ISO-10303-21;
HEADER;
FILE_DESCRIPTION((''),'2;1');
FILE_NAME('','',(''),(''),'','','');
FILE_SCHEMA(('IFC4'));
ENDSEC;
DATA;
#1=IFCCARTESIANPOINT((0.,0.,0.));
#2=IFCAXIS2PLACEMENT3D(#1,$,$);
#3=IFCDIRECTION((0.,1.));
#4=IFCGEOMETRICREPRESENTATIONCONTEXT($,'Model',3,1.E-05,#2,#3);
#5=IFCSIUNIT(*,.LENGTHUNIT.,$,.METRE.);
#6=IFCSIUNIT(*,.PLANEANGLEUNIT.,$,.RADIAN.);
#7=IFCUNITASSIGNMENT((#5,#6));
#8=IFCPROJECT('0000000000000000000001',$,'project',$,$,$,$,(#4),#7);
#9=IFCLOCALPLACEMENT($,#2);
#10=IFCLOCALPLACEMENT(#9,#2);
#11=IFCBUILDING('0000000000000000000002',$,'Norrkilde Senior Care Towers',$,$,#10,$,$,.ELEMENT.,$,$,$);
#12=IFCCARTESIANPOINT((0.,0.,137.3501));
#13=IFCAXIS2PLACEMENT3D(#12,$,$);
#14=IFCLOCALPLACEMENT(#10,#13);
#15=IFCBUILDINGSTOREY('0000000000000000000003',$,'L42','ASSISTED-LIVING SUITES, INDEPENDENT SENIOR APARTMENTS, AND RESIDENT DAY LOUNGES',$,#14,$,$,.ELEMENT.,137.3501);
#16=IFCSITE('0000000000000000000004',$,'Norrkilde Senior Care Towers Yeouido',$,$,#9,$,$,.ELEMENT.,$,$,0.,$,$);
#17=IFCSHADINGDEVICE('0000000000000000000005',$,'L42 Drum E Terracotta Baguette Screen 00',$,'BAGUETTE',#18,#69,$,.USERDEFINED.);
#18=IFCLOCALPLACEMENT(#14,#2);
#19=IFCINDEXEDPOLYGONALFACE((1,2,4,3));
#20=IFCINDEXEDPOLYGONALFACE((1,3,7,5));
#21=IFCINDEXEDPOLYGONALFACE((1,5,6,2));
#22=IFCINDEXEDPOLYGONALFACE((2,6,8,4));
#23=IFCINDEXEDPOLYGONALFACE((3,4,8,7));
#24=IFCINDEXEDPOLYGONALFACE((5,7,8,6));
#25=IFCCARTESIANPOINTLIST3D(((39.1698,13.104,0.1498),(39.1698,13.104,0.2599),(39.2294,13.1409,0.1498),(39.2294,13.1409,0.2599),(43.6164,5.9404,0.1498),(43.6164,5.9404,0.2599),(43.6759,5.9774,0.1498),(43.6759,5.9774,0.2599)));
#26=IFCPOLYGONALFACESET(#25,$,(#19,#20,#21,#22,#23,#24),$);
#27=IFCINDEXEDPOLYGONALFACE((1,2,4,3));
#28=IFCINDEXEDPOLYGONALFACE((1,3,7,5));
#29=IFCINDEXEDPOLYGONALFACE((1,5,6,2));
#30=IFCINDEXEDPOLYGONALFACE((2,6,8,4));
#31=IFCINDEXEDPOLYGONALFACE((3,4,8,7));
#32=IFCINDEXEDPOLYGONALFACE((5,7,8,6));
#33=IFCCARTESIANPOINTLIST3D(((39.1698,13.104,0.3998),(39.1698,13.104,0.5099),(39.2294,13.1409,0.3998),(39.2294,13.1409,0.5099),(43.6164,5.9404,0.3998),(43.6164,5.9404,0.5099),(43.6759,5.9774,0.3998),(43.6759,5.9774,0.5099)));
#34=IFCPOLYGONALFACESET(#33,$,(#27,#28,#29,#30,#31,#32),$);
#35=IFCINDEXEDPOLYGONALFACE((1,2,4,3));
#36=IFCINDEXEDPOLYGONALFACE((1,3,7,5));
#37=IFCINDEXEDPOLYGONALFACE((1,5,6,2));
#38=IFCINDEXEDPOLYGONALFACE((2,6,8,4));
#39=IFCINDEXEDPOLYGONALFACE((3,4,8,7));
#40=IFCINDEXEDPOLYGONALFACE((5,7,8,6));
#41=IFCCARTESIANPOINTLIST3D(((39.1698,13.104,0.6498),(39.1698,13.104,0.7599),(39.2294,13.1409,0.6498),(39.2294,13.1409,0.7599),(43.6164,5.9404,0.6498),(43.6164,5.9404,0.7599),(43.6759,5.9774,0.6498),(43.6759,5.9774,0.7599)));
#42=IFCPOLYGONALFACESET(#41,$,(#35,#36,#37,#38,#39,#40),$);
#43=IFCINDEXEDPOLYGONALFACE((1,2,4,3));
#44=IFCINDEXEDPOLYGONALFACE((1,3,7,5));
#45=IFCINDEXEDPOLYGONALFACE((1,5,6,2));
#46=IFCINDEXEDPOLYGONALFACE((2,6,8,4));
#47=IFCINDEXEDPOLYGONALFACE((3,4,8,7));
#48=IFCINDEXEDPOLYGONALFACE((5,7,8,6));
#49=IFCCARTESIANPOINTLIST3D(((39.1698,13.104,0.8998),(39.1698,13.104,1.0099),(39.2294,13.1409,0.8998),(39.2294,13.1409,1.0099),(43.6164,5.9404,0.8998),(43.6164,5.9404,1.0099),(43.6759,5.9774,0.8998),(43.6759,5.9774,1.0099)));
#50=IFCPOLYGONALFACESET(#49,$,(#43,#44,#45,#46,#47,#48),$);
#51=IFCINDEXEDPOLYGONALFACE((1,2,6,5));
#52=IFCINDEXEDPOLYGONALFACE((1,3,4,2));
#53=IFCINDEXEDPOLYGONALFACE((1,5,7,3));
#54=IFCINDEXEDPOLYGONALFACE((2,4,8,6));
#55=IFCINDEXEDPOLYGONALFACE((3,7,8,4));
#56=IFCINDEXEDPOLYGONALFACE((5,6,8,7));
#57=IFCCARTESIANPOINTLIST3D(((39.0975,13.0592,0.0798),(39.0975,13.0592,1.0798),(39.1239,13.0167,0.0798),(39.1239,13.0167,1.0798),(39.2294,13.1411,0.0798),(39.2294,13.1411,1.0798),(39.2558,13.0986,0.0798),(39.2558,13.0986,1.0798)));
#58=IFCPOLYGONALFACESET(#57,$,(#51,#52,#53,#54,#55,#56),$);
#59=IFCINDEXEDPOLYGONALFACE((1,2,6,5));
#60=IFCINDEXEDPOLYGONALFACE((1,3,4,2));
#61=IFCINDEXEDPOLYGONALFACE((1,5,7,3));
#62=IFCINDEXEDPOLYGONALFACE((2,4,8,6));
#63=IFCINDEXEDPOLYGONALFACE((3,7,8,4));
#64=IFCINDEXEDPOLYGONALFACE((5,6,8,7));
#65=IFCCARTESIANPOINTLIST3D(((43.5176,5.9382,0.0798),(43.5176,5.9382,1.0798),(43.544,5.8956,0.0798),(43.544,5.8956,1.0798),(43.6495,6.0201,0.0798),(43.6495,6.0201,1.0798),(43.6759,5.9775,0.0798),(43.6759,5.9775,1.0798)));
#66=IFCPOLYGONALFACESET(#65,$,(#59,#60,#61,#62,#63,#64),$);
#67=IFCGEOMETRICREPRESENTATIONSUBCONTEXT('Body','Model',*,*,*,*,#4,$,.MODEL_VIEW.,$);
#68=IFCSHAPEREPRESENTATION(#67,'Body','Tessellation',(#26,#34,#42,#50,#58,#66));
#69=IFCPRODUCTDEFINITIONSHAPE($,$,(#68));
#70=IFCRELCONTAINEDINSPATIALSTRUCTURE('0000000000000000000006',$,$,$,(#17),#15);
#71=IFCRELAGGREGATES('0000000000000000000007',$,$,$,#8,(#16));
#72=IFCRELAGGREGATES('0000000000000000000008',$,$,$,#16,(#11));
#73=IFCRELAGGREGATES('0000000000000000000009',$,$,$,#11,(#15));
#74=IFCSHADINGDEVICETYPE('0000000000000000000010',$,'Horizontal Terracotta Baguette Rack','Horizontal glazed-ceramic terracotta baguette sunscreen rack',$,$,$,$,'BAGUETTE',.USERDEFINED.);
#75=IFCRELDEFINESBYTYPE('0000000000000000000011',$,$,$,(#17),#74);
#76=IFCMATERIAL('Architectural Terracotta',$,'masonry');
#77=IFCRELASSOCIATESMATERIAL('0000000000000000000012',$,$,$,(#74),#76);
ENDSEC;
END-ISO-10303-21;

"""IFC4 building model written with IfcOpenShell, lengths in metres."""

from ifc_helpers import new_model, si_unit, direction, frame, origin, origin_2d, place, context, subcontext, project, spatial, rectangle, extrude, source, transform, mapped, material, type_object, type_shapes, element, save


model = new_model("IFC4")

# Units and contexts
model_context = context("Model", 3, precision=1e-05, world=origin(), true_north=direction((0.0, 1.0)))
body_context = subcontext(model_context, "Body", "Model", "MODEL_VIEW")
ifc_project = project(units=[si_unit("LENGTHUNIT", "METRE"), si_unit("PLANEANGLEUNIT", "RADIAN")], contexts=[model_context])

# Site, building, storey
site_placement = place(None, origin())
site = spatial("IfcSite", under=ifc_project, at=site_placement, Name="Norrkilde Senior Care Towers Yeouido", CompositionType="ELEMENT", RefElevation=0.0)
building_placement = place(site_placement, origin())
building = spatial("IfcBuilding", under=site, at=building_placement, Name="Norrkilde Senior Care Towers", CompositionType="ELEMENT")
storey_placement = place(building_placement, frame((0.0, 0.0, 137.3501)))
storey = spatial("IfcBuildingStorey", under=building, at=storey_placement, Name="L42", Description="ASSISTED-LIVING SUITES, INDEPENDENT SENIOR APARTMENTS, AND RESIDENT DAY LOUNGES", CompositionType="ELEMENT", Elevation=137.3501)

# Shading device
ifc_material_1 = material(Name="Architectural Terracotta", Category="masonry")
shading_device_type = type_object("IfcShadingDeviceType", Name="Horizontal Terracotta Baguette Rack", Description="Horizontal glazed-ceramic terracotta baguette sunscreen rack", ElementType="BAGUETTE", PredefinedType="USERDEFINED", material=ifc_material_1)
shared_shape_1 = source(origin(), body_context, "Body", "SweptSolid", [
    extrude(rectangle(XDim=0.0701, YDim=0.1101, at=origin_2d()), frame((0.0, 0.0901, 0.125), z_axis=(1.0, 0.0, 0.0), x_axis=(0.0, 1.0, 0.0)), (0.0, 0.0, 1.0), 8.4314),
    extrude(rectangle(XDim=0.0701, YDim=0.1101, at=origin_2d()), frame((0.0, 0.0901, 0.375), z_axis=(1.0, 0.0, 0.0), x_axis=(0.0, 1.0, 0.0)), (0.0, 0.0, 1.0), 8.4314),
    extrude(rectangle(XDim=0.0701, YDim=0.1101, at=origin_2d()), frame((0.0, 0.0901, 0.625), z_axis=(1.0, 0.0, 0.0), x_axis=(0.0, 1.0, 0.0)), (0.0, 0.0, 1.0), 8.4314),
    extrude(rectangle(XDim=0.0701, YDim=0.1101, at=origin_2d()), frame((0.0, 0.0901, 0.875), z_axis=(1.0, 0.0, 0.0), x_axis=(0.0, 1.0, 0.0)), (0.0, 0.0, 1.0), 8.4314),
    extrude(rectangle(XDim=0.05, YDim=0.1553, at=origin_2d()), frame((0.0249, 0.0476, 0.0)), (0.0, 0.0, 1.0), 1.0),
    extrude(rectangle(XDim=0.05, YDim=0.1553, at=origin_2d()), frame((8.4062, 0.0476, 0.0)), (0.0, 0.0, 1.0), 1.0),
])
type_shapes(shading_device_type, [shared_shape_1])
shading_device_placement = place(storey_placement, frame((39.123, 13.075, 0.0798), z_axis=(0.0, 0.0, 1.0), x_axis=(0.527378, -0.849631, 0.0)))
element("IfcShadingDevice", 1, at=shading_device_placement, inside=storey, type_object=shading_device_type, Name="L42 Drum E Terracotta Baguette Screen 00", ObjectType="BAGUETTE", PredefinedType="USERDEFINED", context=body_context, shape_type="MappedRepresentation", body=[
    mapped(shared_shape_1, transform((0.0, 0.0, 0.0), x_axis=(1.0, 0.0, 0.0), y_axis=(0.0, 1.0, 0.0), z_axis=(0.0, 0.0, 1.0), scale=1.0)),
])

save(model, "model.ifc")
